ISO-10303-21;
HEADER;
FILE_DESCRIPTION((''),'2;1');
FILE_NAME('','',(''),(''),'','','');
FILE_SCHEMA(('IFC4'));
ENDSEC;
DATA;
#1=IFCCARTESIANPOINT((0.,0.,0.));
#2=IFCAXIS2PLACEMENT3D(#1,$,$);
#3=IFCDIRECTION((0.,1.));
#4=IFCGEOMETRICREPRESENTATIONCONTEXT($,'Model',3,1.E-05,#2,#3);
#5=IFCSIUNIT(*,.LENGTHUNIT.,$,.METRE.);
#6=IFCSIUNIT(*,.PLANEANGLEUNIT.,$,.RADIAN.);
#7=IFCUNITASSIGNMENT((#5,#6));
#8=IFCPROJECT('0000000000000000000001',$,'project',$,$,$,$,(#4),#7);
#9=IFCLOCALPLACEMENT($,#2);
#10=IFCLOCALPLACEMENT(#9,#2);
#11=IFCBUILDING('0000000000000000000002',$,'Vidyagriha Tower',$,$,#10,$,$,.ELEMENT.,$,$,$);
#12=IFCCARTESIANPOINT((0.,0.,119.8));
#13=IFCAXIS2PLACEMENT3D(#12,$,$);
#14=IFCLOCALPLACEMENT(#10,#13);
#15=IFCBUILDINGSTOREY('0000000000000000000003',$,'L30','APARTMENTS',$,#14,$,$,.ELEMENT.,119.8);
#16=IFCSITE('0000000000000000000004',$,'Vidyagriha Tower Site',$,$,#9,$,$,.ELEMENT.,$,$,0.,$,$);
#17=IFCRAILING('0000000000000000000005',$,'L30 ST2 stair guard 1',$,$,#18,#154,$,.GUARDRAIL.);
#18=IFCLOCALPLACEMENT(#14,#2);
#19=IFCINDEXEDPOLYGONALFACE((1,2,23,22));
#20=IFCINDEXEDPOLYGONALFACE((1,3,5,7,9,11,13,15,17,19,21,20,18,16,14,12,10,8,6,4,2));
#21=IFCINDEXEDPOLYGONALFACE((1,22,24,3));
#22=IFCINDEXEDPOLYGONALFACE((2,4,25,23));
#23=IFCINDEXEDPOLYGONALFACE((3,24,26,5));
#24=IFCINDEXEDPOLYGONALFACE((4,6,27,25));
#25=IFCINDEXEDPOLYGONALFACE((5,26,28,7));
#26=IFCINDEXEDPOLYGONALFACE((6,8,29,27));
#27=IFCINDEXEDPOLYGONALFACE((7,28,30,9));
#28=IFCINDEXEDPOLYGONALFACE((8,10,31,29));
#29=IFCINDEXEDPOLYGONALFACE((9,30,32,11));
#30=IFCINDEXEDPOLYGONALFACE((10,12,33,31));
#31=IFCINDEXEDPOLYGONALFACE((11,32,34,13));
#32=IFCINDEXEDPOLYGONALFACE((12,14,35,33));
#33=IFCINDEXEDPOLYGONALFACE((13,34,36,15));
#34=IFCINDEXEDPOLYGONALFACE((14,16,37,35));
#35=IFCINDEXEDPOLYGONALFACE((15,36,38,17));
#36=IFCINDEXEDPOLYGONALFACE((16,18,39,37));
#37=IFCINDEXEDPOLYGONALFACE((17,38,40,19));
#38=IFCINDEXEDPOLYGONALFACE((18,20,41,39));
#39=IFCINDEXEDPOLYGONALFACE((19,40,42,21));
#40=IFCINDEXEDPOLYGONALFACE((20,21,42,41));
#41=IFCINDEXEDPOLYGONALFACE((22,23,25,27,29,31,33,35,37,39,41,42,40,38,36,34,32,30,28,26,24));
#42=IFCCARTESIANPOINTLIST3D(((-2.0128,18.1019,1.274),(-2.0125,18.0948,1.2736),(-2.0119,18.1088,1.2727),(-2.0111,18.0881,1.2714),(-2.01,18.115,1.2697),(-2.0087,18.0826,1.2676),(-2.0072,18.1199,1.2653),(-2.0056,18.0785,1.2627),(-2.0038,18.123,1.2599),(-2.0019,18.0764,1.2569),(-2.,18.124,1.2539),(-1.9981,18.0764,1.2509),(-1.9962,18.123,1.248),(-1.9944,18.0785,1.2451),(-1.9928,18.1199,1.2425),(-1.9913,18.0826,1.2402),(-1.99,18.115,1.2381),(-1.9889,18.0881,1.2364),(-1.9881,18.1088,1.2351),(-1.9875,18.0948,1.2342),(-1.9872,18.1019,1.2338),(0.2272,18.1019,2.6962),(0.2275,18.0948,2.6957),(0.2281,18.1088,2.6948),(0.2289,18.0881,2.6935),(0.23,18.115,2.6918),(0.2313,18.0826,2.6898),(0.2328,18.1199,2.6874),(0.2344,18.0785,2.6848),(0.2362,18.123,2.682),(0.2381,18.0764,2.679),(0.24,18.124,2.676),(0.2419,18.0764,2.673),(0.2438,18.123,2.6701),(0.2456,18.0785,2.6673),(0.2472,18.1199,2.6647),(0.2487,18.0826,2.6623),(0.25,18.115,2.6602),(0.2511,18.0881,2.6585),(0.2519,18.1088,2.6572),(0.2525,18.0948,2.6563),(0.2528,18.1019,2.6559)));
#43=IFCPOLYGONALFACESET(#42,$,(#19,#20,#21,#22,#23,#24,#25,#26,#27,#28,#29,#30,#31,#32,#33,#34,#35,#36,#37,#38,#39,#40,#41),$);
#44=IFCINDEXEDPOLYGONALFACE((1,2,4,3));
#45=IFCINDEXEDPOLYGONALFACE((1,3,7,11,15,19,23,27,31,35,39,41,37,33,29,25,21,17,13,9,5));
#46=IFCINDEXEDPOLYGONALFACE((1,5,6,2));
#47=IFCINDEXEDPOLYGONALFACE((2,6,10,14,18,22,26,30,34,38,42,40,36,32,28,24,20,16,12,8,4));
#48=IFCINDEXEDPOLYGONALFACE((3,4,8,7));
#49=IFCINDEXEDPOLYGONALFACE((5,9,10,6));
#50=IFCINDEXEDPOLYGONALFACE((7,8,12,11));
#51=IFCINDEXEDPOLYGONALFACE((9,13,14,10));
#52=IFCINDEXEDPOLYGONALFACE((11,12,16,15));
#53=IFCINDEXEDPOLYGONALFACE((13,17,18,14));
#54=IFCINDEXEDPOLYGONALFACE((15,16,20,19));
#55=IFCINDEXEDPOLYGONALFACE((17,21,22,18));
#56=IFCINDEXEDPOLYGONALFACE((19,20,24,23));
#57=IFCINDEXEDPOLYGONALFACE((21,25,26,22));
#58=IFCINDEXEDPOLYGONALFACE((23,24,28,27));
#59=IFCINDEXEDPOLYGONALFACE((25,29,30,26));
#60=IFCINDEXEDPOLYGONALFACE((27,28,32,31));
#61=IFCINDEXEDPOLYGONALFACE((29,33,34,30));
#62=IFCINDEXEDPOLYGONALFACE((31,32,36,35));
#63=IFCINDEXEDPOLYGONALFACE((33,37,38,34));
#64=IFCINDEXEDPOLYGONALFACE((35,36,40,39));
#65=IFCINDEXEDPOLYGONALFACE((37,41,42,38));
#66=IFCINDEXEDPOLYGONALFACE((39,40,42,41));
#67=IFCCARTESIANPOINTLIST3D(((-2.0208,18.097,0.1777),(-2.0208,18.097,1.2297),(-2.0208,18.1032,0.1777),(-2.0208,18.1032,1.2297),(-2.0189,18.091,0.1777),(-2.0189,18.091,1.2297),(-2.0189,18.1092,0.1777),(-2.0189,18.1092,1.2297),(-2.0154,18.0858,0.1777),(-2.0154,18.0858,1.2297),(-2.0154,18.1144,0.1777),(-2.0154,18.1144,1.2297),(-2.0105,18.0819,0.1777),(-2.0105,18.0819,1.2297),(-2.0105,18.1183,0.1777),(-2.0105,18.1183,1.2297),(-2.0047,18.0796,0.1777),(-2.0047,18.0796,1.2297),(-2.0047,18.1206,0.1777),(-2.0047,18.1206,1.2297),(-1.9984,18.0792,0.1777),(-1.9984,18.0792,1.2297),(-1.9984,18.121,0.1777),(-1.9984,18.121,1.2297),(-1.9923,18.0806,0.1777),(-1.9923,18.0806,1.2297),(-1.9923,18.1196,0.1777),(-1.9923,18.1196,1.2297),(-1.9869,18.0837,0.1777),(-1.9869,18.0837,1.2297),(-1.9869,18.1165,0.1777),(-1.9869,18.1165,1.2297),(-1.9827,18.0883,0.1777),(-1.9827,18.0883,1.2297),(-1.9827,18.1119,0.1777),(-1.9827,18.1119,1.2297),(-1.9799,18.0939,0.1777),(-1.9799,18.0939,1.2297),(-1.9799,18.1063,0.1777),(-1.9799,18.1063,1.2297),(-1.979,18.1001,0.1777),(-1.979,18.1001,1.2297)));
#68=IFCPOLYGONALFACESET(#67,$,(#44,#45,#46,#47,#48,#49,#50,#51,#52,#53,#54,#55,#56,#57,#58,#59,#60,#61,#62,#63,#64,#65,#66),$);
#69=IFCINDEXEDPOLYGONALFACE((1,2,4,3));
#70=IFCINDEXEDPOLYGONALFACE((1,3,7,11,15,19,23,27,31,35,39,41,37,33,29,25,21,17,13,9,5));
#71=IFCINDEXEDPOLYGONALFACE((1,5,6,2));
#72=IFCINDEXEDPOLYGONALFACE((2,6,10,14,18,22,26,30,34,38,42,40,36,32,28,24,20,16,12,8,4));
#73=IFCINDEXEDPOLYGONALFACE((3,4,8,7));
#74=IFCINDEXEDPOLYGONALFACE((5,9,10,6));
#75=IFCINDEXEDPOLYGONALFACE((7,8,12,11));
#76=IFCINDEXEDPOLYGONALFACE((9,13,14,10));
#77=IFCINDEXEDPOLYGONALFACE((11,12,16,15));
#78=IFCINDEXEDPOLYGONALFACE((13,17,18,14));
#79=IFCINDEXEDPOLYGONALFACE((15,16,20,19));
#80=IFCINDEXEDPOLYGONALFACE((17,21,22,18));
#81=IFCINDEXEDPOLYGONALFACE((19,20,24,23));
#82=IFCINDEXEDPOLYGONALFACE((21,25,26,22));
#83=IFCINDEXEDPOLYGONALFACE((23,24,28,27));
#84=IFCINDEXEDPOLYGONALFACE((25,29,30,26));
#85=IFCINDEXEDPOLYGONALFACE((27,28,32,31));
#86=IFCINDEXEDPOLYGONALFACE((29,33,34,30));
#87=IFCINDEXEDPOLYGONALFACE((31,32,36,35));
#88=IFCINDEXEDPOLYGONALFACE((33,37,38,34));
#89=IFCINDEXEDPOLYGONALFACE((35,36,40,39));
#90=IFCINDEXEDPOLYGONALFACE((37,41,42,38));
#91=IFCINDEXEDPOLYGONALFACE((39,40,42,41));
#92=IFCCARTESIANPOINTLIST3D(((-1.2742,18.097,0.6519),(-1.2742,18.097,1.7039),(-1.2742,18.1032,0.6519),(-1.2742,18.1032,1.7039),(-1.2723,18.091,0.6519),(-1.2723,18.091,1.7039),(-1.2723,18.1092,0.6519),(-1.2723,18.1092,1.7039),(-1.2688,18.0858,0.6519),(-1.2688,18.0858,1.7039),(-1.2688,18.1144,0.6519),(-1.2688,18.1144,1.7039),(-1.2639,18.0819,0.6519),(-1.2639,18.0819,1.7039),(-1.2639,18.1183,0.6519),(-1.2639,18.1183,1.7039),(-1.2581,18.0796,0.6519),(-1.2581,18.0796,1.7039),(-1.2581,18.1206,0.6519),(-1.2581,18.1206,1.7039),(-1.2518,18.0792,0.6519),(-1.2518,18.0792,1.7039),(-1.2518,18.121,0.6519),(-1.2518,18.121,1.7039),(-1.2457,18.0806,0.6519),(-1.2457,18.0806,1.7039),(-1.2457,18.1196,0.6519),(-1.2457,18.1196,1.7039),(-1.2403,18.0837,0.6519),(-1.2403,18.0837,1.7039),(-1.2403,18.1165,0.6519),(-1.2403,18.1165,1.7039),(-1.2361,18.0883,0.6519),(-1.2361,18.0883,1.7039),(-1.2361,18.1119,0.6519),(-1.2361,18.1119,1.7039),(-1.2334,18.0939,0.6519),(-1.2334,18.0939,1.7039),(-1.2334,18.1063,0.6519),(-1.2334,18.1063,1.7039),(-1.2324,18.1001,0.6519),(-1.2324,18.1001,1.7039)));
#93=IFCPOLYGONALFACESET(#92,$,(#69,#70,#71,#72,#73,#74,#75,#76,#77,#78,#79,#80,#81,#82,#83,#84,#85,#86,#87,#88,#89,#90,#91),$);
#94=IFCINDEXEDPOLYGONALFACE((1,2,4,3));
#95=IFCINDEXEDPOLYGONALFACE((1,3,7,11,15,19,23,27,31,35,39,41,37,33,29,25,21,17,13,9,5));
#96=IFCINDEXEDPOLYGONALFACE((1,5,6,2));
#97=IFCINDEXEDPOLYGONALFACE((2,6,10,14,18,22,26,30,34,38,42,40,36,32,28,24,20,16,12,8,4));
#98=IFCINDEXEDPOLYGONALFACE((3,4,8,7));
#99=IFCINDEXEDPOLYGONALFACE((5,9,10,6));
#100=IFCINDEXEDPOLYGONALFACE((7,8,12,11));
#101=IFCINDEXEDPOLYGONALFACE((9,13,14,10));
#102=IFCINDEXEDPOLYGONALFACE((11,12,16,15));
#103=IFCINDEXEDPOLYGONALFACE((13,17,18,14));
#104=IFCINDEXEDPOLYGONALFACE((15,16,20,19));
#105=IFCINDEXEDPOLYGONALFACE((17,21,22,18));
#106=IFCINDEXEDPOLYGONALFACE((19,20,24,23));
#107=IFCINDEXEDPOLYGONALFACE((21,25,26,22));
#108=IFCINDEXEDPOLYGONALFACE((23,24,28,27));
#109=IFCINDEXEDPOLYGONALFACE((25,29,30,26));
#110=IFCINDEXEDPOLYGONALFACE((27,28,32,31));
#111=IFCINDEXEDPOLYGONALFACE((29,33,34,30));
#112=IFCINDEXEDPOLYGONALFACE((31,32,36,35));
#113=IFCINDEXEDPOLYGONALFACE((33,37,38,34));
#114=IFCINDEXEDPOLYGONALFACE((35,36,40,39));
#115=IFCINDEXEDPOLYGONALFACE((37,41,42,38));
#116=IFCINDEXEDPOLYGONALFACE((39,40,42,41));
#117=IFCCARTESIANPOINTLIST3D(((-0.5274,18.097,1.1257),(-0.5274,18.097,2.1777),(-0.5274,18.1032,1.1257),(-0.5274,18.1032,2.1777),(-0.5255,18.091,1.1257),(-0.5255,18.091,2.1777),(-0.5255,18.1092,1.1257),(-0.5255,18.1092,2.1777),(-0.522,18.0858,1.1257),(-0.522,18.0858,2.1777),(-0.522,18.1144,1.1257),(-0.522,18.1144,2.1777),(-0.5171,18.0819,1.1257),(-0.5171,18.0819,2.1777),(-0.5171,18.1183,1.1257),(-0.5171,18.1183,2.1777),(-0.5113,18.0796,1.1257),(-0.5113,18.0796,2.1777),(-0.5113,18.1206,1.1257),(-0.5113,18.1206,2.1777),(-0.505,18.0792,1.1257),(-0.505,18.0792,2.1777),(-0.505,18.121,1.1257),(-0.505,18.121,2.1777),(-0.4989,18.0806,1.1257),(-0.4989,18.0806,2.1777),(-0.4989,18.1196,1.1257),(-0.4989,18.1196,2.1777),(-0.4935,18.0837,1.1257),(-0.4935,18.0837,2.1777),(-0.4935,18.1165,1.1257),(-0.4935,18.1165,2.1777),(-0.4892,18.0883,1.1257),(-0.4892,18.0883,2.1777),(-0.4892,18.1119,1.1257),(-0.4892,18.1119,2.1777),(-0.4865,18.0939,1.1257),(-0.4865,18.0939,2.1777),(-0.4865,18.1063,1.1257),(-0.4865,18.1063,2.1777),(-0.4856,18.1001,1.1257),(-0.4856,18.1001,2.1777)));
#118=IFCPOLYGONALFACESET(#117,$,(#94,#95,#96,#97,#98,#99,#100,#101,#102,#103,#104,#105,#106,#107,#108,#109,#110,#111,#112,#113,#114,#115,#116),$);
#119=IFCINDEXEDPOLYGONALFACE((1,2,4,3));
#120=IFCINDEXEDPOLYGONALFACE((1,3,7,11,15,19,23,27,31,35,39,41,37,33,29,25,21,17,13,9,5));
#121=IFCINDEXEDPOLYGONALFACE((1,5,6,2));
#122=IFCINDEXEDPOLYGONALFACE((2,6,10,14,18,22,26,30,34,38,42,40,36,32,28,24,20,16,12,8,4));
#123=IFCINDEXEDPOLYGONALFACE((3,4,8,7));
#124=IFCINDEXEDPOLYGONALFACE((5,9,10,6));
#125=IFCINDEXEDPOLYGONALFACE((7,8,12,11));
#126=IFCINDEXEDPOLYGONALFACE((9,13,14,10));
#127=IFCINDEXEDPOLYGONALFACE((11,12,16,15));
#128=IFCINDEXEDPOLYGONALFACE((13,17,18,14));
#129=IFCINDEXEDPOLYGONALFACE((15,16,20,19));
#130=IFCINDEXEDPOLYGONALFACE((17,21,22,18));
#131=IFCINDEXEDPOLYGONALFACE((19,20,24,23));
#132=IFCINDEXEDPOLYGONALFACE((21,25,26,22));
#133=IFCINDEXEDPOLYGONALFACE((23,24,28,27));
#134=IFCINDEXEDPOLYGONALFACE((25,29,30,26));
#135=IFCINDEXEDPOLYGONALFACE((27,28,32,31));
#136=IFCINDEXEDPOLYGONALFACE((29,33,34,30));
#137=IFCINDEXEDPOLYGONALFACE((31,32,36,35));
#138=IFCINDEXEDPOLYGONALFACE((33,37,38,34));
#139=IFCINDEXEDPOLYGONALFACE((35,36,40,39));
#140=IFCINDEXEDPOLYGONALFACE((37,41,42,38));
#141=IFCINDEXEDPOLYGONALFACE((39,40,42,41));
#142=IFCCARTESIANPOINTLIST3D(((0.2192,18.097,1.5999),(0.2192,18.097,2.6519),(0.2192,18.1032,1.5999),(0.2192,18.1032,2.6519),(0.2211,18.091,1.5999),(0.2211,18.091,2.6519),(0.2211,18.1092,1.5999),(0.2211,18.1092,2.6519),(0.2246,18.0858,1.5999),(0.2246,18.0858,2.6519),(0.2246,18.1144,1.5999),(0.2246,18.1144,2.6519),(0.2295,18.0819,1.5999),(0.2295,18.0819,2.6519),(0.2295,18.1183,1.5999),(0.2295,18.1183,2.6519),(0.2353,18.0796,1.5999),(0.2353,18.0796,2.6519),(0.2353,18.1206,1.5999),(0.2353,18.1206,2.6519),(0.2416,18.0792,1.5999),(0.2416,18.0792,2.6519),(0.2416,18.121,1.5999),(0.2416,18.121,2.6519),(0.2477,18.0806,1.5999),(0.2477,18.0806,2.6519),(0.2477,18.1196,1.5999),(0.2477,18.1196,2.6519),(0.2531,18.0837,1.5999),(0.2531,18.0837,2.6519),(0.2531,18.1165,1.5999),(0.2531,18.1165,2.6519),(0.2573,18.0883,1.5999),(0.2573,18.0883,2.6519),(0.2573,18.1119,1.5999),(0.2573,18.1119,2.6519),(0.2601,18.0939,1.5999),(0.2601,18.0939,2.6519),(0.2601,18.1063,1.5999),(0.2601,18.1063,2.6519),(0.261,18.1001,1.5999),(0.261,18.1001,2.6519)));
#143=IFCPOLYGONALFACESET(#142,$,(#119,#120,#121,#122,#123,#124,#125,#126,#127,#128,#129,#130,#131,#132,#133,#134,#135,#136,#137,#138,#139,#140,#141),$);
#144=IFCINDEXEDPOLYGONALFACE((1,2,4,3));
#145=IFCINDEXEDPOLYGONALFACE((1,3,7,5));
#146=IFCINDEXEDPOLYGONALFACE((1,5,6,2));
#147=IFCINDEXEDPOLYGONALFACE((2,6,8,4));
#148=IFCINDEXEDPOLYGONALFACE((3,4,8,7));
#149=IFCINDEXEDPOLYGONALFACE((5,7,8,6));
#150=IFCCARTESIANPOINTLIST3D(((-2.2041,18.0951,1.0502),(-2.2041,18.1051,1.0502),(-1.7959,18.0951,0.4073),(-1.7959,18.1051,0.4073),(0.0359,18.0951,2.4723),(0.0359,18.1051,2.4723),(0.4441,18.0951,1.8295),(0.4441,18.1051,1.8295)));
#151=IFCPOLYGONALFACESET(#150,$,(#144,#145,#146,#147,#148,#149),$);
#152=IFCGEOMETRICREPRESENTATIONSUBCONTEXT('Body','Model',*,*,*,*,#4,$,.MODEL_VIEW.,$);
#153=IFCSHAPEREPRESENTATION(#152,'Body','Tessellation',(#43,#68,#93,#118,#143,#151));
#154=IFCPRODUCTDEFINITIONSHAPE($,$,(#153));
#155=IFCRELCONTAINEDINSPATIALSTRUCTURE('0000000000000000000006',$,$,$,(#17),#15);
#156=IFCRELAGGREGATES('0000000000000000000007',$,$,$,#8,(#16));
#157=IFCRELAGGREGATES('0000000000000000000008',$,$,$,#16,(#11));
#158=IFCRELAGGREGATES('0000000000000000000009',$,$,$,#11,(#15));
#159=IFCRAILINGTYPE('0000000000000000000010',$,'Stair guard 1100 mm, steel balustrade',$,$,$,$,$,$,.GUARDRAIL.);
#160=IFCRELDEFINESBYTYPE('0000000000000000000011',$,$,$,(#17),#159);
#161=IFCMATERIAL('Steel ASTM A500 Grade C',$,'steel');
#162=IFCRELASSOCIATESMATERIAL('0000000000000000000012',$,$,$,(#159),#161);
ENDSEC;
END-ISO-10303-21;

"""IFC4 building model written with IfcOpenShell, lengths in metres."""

from ifc_helpers import new_model, si_unit, direction, frame, origin, origin_2d, place, context, subcontext, project, spatial, rectangle, circle, extrude, material, type_object, element, save


model = new_model("IFC4")

# Units and contexts
model_context = context("Model", 3, precision=1e-05, world=origin(), true_north=direction((0.0, 1.0)))
body_context = subcontext(model_context, "Body", "Model", "MODEL_VIEW")
ifc_project = project(units=[si_unit("LENGTHUNIT", "METRE"), si_unit("PLANEANGLEUNIT", "RADIAN")], contexts=[model_context])

# Site, building, storey
site_placement = place(None, origin())
site = spatial("IfcSite", under=ifc_project, at=site_placement, Name="Vidyagriha Tower Site", CompositionType="ELEMENT", RefElevation=0.0)
building_placement = place(site_placement, origin())
building = spatial("IfcBuilding", under=site, at=building_placement, Name="Vidyagriha Tower", CompositionType="ELEMENT")
storey_placement = place(building_placement, frame((0.0, 0.0, 119.8)))
storey = spatial("IfcBuildingStorey", under=building, at=storey_placement, Name="L30", Description="APARTMENTS", CompositionType="ELEMENT", Elevation=119.8)

# Railing
ifc_material_1 = material(Name="Steel ASTM A500 Grade C", Category="steel")
railing_type_1 = type_object("IfcRailingType", Name="Stair guard 1100 mm, steel balustrade", PredefinedType="GUARDRAIL", material=ifc_material_1)
railing_1_placement = place(storey_placement, frame((-2.0, 18.1001, 0.1777)))
element("IfcRailing", 1, at=railing_1_placement, inside=storey, type_object=railing_type_1, Name="L30 ST2 stair guard 1", PredefinedType="GUARDRAIL", context=body_context, shape_type="SweptSolid", body=[
    extrude(circle(Radius=0.0239, at=origin_2d()), frame((0.0, 0.0, 1.0762), z_axis=(0.844229, 0.0, 0.535982), x_axis=(0.0, 1.0, 0.0)), (0.0, 0.0, 1.0), 2.6533),
    extrude(circle(Radius=0.021, at=origin_2d()), origin(), (0.0, 0.0, 1.0), 1.052),
    extrude(circle(Radius=0.021, at=origin_2d()), frame((0.7466, 0.0, 0.4741)), (0.0, 0.0, 1.0), 1.052),
    extrude(circle(Radius=0.021, at=origin_2d()), frame((1.4934, 0.0, 0.948)), (0.0, 0.0, 1.0), 1.052),
    extrude(circle(Radius=0.021, at=origin_2d()), frame((2.24, 0.0, 1.4221)), (0.0, 0.0, 1.0), 1.052),
    extrude(rectangle(XDim=0.01, YDim=0.7615, at=origin_2d()), frame((0.0, 0.0, 0.551), z_axis=(0.844229, 0.0, 0.535982), x_axis=(0.0, 1.0, 0.0)), (0.0, 0.0, 1.0), 2.6533),
])

save(model, "model.ifc")
